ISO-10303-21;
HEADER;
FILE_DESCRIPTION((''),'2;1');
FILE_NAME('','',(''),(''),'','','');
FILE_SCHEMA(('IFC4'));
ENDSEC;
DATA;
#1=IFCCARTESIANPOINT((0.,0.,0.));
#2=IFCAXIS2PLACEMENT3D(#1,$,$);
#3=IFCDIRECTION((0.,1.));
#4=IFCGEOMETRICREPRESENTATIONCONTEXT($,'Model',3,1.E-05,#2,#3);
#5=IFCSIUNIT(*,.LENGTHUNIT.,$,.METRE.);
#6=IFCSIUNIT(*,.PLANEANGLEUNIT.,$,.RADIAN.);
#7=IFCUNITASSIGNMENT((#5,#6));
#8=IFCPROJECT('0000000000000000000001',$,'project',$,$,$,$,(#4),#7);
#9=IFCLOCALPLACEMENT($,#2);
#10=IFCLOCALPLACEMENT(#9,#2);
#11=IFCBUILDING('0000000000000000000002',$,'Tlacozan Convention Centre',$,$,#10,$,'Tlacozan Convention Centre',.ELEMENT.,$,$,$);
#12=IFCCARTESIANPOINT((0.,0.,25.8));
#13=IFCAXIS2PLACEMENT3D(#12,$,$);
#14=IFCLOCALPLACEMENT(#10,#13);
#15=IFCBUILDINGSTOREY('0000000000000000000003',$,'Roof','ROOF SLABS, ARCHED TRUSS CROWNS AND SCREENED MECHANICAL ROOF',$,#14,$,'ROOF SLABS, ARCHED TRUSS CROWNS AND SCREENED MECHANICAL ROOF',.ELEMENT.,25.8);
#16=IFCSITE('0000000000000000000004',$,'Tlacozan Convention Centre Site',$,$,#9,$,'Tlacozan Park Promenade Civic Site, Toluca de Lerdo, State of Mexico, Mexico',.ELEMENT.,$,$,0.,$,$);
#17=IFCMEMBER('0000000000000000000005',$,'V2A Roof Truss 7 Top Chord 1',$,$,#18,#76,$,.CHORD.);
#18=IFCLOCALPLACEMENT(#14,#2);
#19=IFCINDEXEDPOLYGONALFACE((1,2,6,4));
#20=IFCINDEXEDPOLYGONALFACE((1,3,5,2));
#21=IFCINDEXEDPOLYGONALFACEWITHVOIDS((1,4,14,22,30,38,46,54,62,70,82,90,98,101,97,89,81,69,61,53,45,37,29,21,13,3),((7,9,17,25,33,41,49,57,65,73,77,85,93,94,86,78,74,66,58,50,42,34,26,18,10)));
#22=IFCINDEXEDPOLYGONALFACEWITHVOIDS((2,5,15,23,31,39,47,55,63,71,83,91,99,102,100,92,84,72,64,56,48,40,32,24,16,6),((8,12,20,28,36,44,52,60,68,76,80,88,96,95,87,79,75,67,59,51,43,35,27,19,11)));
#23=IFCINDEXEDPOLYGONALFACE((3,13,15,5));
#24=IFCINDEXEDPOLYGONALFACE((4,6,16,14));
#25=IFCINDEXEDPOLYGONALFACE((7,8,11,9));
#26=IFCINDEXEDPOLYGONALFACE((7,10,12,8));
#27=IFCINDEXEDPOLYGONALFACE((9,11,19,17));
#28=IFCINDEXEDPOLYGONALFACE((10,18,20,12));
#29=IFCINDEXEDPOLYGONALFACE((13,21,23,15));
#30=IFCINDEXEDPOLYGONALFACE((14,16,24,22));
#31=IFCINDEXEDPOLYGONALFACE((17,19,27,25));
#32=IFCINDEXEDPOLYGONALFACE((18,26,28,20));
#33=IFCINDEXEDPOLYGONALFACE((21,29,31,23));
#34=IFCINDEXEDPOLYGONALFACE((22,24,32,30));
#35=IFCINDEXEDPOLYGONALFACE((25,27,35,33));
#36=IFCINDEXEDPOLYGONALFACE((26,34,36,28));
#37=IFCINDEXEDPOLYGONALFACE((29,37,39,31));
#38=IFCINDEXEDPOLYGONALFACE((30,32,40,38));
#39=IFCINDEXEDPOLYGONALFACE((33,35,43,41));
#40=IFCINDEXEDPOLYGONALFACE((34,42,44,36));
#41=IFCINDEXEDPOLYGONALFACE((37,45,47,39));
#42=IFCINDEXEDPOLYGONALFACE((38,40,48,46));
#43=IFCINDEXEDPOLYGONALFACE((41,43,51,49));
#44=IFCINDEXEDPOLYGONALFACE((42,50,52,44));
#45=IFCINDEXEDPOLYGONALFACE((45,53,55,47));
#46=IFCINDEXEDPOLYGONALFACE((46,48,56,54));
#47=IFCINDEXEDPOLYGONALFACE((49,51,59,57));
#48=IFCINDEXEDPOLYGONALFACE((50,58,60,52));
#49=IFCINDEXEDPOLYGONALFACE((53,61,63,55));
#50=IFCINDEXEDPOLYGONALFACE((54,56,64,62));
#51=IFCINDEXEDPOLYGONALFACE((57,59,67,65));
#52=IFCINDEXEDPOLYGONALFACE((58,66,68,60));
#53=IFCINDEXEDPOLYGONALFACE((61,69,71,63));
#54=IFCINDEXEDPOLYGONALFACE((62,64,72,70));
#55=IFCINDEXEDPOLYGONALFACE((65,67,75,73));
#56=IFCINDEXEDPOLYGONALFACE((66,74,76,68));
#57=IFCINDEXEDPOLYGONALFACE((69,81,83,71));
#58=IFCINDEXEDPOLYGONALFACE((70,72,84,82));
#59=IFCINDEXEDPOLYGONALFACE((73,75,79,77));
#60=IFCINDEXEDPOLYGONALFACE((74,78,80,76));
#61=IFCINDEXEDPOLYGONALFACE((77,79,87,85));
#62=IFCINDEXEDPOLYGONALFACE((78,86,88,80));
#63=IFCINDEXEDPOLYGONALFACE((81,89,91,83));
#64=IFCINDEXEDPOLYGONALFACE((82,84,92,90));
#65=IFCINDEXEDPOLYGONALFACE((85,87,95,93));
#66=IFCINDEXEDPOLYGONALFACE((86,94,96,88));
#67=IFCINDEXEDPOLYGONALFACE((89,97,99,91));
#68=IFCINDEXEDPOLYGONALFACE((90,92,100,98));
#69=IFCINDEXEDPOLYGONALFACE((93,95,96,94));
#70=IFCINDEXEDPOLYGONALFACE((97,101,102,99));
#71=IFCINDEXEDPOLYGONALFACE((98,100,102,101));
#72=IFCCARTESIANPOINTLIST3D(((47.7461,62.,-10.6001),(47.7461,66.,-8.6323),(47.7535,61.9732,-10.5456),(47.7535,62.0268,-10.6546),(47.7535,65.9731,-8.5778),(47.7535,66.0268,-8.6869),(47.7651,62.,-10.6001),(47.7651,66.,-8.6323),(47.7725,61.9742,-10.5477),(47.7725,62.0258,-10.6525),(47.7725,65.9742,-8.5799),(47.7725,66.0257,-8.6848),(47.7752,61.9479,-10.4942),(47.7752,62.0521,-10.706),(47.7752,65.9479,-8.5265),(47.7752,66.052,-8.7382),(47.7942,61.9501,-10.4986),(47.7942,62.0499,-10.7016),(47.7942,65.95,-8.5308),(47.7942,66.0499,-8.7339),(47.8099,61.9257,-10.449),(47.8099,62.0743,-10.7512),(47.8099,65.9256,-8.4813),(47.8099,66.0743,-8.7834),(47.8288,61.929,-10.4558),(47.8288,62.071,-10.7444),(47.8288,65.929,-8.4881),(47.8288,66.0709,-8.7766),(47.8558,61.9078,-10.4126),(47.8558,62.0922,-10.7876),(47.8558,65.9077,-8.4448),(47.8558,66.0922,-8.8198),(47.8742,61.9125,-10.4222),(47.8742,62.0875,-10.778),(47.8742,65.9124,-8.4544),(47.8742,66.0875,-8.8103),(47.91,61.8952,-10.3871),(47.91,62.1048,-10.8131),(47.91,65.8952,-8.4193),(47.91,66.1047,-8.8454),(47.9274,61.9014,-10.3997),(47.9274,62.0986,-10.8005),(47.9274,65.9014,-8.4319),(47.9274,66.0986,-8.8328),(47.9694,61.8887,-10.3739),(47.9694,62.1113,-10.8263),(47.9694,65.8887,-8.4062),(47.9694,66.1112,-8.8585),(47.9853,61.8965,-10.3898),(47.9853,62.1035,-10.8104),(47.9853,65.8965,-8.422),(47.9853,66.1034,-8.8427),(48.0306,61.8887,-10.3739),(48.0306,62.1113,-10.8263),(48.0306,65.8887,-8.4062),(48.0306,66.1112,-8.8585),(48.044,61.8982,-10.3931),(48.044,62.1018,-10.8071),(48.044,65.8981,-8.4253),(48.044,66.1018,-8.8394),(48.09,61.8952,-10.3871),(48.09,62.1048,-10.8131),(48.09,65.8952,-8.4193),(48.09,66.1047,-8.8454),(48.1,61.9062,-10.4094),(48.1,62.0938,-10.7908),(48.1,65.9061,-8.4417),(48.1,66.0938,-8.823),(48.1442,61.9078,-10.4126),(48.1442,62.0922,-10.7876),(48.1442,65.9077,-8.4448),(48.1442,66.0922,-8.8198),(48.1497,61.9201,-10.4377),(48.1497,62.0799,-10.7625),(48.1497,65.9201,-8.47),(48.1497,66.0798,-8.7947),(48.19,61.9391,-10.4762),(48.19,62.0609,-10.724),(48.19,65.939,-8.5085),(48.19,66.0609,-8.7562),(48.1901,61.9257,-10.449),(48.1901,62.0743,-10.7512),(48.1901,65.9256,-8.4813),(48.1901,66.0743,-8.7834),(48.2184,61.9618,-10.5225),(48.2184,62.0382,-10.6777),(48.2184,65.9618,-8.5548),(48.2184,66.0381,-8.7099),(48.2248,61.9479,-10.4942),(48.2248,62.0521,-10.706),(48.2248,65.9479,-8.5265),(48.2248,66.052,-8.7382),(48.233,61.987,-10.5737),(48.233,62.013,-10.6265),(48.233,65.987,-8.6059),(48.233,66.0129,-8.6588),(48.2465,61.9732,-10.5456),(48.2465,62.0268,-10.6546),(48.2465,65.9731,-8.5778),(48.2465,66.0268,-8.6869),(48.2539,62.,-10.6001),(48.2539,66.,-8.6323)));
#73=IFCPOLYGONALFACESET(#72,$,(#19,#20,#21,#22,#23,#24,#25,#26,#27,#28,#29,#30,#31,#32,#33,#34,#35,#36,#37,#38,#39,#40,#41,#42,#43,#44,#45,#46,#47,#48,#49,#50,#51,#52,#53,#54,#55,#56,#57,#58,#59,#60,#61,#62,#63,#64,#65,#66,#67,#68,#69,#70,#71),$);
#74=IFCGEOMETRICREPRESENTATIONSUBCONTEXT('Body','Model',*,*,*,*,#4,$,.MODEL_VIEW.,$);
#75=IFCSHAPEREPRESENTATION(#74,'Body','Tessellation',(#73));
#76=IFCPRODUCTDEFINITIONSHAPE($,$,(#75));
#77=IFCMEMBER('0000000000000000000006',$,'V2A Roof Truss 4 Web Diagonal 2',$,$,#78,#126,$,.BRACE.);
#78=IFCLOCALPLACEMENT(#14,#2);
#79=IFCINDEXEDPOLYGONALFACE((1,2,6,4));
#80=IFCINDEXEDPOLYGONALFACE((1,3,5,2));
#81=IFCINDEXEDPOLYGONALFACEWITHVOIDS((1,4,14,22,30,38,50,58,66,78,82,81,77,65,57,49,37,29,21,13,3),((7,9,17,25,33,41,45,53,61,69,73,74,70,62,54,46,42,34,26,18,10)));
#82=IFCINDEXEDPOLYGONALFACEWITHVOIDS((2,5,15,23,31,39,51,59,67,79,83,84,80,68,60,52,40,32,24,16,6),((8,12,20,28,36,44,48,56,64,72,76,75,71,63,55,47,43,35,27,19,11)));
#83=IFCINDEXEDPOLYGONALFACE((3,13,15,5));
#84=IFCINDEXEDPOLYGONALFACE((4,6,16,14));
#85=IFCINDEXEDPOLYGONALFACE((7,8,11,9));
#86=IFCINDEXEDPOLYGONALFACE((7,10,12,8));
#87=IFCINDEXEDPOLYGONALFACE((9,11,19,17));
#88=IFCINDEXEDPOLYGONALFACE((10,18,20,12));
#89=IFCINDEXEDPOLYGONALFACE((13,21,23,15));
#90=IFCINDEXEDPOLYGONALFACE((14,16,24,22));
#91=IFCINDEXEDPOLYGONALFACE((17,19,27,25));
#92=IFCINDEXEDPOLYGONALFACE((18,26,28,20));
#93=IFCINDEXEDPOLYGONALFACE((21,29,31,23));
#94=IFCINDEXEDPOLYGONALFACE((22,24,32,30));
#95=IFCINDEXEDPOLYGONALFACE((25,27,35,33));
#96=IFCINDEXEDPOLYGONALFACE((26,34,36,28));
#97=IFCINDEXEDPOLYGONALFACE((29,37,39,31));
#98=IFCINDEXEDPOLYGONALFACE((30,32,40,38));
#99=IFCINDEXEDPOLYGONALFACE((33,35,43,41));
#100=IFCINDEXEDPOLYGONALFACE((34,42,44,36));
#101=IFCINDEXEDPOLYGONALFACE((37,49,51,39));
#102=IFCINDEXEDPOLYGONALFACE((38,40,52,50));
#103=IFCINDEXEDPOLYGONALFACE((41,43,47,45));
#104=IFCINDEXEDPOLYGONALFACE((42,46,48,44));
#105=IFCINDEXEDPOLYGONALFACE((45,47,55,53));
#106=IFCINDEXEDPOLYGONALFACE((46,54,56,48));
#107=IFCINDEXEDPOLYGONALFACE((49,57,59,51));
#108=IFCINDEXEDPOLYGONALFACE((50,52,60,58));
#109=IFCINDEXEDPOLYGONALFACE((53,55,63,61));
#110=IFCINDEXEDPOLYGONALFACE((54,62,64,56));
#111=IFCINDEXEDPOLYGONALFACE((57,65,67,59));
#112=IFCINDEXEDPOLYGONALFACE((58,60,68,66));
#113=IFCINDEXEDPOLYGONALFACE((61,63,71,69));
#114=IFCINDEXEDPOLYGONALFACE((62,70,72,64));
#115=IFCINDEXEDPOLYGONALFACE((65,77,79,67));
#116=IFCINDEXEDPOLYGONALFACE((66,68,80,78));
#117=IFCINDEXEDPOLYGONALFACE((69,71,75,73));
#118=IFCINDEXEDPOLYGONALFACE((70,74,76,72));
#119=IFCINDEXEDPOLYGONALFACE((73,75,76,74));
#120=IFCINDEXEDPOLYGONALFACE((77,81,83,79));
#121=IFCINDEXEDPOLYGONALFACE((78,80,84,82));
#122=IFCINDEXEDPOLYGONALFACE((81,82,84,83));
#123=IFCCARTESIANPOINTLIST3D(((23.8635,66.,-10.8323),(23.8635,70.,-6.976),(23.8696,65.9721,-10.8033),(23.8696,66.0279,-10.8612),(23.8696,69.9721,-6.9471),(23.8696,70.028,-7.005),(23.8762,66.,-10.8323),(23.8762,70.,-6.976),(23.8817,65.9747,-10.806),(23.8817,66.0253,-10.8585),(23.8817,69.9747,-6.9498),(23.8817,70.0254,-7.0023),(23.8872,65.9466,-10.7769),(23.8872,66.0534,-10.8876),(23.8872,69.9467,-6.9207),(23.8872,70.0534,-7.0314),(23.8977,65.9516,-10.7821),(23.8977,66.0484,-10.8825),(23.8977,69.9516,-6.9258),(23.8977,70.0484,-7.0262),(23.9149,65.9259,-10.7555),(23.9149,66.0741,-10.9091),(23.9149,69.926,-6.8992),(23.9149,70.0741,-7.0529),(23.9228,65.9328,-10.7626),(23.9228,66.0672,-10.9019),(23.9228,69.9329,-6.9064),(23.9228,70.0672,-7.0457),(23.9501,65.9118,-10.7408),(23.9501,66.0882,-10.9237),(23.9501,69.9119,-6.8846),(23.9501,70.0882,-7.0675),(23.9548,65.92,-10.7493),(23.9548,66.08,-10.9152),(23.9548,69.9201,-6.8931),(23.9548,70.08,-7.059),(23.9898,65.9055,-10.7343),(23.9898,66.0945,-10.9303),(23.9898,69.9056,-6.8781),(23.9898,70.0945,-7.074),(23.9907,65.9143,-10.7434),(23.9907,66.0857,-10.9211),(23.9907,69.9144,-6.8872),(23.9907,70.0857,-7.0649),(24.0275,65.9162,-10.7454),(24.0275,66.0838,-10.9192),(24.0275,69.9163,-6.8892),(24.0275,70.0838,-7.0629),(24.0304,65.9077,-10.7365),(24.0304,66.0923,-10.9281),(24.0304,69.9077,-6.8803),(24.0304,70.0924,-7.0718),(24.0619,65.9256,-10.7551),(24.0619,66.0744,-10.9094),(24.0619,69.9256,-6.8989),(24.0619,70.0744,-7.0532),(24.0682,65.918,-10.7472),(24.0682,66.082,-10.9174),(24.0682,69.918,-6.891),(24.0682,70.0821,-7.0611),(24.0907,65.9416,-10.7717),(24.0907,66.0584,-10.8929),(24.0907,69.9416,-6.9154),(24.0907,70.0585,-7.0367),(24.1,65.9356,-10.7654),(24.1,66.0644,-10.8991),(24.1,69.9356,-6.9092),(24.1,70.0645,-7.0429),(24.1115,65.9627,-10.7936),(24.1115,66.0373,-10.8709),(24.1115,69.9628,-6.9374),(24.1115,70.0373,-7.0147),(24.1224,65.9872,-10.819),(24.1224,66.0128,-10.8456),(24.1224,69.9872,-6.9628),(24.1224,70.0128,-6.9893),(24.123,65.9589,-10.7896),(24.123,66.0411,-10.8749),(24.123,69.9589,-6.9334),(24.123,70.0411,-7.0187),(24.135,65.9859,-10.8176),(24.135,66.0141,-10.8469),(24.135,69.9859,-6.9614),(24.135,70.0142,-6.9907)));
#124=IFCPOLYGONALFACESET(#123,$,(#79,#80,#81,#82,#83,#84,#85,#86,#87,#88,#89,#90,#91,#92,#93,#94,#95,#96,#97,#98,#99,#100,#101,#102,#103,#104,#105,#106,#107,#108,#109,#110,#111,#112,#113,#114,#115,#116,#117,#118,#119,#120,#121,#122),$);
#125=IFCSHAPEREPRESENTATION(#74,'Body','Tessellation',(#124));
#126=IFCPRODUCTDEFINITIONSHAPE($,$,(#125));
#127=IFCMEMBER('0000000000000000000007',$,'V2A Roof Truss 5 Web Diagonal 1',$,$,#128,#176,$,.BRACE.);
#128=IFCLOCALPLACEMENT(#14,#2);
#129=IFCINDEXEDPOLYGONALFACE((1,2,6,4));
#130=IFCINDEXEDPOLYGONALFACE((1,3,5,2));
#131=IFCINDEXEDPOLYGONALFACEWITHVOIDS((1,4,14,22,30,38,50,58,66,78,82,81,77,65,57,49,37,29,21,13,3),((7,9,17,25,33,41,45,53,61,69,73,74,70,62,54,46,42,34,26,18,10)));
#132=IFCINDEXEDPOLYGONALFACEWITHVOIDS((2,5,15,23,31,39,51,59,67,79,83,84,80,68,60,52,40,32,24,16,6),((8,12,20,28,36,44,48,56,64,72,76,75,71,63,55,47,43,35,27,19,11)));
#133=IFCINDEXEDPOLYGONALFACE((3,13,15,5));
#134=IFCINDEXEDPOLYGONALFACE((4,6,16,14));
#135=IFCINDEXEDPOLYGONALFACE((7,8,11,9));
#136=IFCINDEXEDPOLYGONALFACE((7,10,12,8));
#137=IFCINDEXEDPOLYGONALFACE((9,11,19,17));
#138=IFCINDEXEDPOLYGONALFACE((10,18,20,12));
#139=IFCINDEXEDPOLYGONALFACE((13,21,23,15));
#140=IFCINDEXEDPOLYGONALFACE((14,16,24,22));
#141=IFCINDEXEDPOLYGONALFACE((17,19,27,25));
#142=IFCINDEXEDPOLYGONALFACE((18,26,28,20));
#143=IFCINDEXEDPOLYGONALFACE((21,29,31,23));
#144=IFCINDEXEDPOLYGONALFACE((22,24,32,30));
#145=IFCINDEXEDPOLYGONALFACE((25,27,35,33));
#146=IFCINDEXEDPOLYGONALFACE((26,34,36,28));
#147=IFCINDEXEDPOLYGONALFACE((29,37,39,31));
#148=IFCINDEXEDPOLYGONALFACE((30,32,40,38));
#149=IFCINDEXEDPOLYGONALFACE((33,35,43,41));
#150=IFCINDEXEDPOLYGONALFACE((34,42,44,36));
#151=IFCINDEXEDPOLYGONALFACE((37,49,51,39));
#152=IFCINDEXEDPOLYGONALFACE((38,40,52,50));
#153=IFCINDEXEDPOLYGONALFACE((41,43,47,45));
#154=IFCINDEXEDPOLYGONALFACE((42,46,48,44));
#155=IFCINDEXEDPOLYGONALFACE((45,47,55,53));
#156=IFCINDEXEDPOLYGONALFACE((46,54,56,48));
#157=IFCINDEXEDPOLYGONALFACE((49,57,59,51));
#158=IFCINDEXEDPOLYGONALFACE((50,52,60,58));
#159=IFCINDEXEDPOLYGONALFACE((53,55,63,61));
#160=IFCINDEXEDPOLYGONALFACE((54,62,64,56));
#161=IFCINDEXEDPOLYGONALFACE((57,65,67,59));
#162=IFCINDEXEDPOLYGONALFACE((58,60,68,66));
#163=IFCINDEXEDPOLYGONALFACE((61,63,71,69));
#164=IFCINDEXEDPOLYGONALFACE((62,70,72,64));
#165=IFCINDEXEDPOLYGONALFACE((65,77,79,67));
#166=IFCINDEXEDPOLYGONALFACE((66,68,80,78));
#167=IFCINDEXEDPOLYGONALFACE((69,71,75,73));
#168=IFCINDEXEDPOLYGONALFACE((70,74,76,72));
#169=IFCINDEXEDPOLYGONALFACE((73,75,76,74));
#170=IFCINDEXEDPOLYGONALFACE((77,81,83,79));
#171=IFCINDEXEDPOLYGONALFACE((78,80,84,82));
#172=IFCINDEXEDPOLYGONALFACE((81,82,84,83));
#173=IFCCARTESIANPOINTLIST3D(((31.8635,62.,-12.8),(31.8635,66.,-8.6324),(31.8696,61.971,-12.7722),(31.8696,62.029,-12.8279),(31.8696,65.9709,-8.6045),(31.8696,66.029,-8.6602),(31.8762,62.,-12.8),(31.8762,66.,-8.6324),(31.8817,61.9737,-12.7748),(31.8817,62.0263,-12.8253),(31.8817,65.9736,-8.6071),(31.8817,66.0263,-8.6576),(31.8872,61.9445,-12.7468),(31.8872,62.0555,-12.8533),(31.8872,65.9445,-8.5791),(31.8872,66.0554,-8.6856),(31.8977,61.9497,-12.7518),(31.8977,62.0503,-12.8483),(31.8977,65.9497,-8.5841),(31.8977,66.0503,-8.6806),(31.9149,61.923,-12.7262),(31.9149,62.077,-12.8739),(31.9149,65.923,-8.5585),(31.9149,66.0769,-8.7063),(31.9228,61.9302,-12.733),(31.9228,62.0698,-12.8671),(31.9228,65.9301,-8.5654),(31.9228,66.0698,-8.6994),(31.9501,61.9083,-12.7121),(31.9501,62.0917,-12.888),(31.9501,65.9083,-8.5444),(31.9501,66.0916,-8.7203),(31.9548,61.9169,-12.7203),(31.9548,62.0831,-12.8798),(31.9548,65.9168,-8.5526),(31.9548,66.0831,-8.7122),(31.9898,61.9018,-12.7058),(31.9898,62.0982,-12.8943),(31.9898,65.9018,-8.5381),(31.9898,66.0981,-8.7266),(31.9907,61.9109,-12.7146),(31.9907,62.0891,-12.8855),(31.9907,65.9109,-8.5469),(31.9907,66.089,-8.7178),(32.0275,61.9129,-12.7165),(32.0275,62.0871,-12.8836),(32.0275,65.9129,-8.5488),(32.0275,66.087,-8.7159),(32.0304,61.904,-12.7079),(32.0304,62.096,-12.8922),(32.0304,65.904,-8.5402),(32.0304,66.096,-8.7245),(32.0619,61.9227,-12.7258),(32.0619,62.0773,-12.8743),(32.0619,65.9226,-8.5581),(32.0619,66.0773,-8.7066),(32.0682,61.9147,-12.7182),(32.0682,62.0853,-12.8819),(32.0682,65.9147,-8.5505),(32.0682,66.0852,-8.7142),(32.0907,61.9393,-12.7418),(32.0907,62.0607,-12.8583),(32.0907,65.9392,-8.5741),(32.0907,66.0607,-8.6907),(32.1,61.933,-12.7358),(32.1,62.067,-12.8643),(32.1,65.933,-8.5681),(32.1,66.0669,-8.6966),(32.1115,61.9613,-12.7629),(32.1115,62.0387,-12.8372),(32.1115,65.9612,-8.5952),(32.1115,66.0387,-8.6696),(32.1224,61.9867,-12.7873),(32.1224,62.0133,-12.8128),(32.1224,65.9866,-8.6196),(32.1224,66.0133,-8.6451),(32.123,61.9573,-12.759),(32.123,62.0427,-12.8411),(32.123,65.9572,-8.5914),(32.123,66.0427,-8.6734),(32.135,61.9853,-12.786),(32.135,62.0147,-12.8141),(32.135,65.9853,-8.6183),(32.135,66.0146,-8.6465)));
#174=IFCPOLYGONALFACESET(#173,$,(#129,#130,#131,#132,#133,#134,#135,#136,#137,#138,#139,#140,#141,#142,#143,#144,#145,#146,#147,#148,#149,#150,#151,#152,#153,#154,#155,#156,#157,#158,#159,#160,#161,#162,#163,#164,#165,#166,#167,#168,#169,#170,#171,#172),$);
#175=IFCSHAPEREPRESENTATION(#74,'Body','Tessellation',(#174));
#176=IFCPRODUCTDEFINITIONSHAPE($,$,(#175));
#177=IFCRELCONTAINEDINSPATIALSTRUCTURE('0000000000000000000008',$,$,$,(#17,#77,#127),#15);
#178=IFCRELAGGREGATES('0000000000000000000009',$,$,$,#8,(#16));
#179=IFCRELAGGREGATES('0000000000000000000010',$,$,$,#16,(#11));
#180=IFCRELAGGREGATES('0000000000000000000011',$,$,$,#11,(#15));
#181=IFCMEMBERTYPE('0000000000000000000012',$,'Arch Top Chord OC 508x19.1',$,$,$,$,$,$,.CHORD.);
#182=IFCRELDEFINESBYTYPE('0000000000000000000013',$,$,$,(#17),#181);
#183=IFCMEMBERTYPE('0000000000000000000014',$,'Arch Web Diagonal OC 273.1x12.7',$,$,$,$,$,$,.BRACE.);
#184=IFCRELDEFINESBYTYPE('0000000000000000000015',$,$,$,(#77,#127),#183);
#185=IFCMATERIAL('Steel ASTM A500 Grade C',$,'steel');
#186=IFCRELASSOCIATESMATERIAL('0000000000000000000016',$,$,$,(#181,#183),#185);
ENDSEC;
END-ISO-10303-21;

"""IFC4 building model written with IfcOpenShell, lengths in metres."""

from ifc_helpers import new_model, si_unit, direction, frame, origin, origin_2d, place, context, subcontext, project, spatial, hollow_circle, extrude, material, material_profile, profile_set, type_object, element, save


model = new_model("IFC4")

# Units and contexts
model_context = context("Model", 3, precision=1e-05, world=origin(), true_north=direction((0.0, 1.0)))
body_context = subcontext(model_context, "Body", "Model", "MODEL_VIEW")
ifc_project = project(units=[si_unit("LENGTHUNIT", "METRE"), si_unit("PLANEANGLEUNIT", "RADIAN")], contexts=[model_context])

# Site, building, storey
site_placement = place(None, origin())
site = spatial("IfcSite", under=ifc_project, at=site_placement, Name="Tlacozan Convention Centre Site", LongName="Tlacozan Park Promenade Civic Site, Toluca de Lerdo, State of Mexico, Mexico", CompositionType="ELEMENT", RefElevation=0.0)
building_placement = place(site_placement, origin())
building = spatial("IfcBuilding", under=site, at=building_placement, Name="Tlacozan Convention Centre", LongName="Tlacozan Convention Centre", CompositionType="ELEMENT")
storey_placement = place(building_placement, frame((0.0, 0.0, 25.8)))
storey = spatial("IfcBuildingStorey", under=building, at=storey_placement, Name="Roof", Description="ROOF SLABS, ARCHED TRUSS CROWNS AND SCREENED MECHANICAL ROOF", LongName="ROOF SLABS, ARCHED TRUSS CROWNS AND SCREENED MECHANICAL ROOF", CompositionType="ELEMENT", Elevation=25.8)

# Members
ifc_material_1 = material(Name="Steel ASTM A500 Grade C", Category="steel")
ifc_material_profile_1 = material_profile(ifc_material_1, hollow_circle(Radius=0.2539, WallThickness=0.019, at=origin_2d()), Name="OC 508.0x19.1")
ifc_profile_set_1 = profile_set([ifc_material_profile_1], Name="Steel ASTM A500 Grade C")
member_type_1 = type_object("IfcMemberType", Name="Arch Top Chord OC 508x19.1", PredefinedType="CHORD", material=ifc_profile_set_1)
member_1_placement = place(storey_placement, frame((48.0, 62.0, -10.6001), z_axis=(0.0, 0.8973, 0.441421), x_axis=(-1.0, 0.0, 0.0)))
element("IfcMember", 1, at=member_1_placement, inside=storey, type_object=member_type_1, Name="V2A Roof Truss 7 Top Chord 1", PredefinedType="CHORD", context=body_context, shape_type="SweptSolid", body=[
    extrude(hollow_circle(Radius=0.2539, WallThickness=0.019, at=origin_2d()), origin(), (0.0, 0.0, 1.0), 4.4578),
])
ifc_material_profile_2 = material_profile(ifc_material_1, hollow_circle(Radius=0.1365, WallThickness=0.0127, at=origin_2d()), Name="OC 273.1x12.7")
ifc_profile_set_2 = profile_set([ifc_material_profile_2], Name="Steel ASTM A500 Grade C")
member_type_2 = type_object("IfcMemberType", Name="Arch Web Diagonal OC 273.1x12.7", PredefinedType="BRACE", material=ifc_profile_set_2)
member_2_placement = place(storey_placement, frame((24.0, 66.0, -10.8323), z_axis=(0.0, 0.719929, 0.694048), x_axis=(-1.0, 0.0, 0.0)))
element("IfcMember", 2, at=member_2_placement, inside=storey, type_object=member_type_2, Name="V2A Roof Truss 4 Web Diagonal 2", PredefinedType="BRACE", context=body_context, shape_type="SweptSolid", body=[
    extrude(hollow_circle(Radius=0.1365, WallThickness=0.0127, at=origin_2d()), origin(), (0.0, 0.0, 1.0), 5.5562),
])
member_3_placement = place(storey_placement, frame((32.0, 62.0, -12.8), z_axis=(0.0, 0.69244, 0.721475), x_axis=(-1.0, 0.0, 0.0)))
element("IfcMember", 3, at=member_3_placement, inside=storey, type_object=member_type_2, Name="V2A Roof Truss 5 Web Diagonal 1", PredefinedType="BRACE", context=body_context, shape_type="SweptSolid", body=[
    extrude(hollow_circle(Radius=0.1365, WallThickness=0.0127, at=origin_2d()), origin(), (0.0, 0.0, 1.0), 5.7766),
])

save(model, "model.ifc")
